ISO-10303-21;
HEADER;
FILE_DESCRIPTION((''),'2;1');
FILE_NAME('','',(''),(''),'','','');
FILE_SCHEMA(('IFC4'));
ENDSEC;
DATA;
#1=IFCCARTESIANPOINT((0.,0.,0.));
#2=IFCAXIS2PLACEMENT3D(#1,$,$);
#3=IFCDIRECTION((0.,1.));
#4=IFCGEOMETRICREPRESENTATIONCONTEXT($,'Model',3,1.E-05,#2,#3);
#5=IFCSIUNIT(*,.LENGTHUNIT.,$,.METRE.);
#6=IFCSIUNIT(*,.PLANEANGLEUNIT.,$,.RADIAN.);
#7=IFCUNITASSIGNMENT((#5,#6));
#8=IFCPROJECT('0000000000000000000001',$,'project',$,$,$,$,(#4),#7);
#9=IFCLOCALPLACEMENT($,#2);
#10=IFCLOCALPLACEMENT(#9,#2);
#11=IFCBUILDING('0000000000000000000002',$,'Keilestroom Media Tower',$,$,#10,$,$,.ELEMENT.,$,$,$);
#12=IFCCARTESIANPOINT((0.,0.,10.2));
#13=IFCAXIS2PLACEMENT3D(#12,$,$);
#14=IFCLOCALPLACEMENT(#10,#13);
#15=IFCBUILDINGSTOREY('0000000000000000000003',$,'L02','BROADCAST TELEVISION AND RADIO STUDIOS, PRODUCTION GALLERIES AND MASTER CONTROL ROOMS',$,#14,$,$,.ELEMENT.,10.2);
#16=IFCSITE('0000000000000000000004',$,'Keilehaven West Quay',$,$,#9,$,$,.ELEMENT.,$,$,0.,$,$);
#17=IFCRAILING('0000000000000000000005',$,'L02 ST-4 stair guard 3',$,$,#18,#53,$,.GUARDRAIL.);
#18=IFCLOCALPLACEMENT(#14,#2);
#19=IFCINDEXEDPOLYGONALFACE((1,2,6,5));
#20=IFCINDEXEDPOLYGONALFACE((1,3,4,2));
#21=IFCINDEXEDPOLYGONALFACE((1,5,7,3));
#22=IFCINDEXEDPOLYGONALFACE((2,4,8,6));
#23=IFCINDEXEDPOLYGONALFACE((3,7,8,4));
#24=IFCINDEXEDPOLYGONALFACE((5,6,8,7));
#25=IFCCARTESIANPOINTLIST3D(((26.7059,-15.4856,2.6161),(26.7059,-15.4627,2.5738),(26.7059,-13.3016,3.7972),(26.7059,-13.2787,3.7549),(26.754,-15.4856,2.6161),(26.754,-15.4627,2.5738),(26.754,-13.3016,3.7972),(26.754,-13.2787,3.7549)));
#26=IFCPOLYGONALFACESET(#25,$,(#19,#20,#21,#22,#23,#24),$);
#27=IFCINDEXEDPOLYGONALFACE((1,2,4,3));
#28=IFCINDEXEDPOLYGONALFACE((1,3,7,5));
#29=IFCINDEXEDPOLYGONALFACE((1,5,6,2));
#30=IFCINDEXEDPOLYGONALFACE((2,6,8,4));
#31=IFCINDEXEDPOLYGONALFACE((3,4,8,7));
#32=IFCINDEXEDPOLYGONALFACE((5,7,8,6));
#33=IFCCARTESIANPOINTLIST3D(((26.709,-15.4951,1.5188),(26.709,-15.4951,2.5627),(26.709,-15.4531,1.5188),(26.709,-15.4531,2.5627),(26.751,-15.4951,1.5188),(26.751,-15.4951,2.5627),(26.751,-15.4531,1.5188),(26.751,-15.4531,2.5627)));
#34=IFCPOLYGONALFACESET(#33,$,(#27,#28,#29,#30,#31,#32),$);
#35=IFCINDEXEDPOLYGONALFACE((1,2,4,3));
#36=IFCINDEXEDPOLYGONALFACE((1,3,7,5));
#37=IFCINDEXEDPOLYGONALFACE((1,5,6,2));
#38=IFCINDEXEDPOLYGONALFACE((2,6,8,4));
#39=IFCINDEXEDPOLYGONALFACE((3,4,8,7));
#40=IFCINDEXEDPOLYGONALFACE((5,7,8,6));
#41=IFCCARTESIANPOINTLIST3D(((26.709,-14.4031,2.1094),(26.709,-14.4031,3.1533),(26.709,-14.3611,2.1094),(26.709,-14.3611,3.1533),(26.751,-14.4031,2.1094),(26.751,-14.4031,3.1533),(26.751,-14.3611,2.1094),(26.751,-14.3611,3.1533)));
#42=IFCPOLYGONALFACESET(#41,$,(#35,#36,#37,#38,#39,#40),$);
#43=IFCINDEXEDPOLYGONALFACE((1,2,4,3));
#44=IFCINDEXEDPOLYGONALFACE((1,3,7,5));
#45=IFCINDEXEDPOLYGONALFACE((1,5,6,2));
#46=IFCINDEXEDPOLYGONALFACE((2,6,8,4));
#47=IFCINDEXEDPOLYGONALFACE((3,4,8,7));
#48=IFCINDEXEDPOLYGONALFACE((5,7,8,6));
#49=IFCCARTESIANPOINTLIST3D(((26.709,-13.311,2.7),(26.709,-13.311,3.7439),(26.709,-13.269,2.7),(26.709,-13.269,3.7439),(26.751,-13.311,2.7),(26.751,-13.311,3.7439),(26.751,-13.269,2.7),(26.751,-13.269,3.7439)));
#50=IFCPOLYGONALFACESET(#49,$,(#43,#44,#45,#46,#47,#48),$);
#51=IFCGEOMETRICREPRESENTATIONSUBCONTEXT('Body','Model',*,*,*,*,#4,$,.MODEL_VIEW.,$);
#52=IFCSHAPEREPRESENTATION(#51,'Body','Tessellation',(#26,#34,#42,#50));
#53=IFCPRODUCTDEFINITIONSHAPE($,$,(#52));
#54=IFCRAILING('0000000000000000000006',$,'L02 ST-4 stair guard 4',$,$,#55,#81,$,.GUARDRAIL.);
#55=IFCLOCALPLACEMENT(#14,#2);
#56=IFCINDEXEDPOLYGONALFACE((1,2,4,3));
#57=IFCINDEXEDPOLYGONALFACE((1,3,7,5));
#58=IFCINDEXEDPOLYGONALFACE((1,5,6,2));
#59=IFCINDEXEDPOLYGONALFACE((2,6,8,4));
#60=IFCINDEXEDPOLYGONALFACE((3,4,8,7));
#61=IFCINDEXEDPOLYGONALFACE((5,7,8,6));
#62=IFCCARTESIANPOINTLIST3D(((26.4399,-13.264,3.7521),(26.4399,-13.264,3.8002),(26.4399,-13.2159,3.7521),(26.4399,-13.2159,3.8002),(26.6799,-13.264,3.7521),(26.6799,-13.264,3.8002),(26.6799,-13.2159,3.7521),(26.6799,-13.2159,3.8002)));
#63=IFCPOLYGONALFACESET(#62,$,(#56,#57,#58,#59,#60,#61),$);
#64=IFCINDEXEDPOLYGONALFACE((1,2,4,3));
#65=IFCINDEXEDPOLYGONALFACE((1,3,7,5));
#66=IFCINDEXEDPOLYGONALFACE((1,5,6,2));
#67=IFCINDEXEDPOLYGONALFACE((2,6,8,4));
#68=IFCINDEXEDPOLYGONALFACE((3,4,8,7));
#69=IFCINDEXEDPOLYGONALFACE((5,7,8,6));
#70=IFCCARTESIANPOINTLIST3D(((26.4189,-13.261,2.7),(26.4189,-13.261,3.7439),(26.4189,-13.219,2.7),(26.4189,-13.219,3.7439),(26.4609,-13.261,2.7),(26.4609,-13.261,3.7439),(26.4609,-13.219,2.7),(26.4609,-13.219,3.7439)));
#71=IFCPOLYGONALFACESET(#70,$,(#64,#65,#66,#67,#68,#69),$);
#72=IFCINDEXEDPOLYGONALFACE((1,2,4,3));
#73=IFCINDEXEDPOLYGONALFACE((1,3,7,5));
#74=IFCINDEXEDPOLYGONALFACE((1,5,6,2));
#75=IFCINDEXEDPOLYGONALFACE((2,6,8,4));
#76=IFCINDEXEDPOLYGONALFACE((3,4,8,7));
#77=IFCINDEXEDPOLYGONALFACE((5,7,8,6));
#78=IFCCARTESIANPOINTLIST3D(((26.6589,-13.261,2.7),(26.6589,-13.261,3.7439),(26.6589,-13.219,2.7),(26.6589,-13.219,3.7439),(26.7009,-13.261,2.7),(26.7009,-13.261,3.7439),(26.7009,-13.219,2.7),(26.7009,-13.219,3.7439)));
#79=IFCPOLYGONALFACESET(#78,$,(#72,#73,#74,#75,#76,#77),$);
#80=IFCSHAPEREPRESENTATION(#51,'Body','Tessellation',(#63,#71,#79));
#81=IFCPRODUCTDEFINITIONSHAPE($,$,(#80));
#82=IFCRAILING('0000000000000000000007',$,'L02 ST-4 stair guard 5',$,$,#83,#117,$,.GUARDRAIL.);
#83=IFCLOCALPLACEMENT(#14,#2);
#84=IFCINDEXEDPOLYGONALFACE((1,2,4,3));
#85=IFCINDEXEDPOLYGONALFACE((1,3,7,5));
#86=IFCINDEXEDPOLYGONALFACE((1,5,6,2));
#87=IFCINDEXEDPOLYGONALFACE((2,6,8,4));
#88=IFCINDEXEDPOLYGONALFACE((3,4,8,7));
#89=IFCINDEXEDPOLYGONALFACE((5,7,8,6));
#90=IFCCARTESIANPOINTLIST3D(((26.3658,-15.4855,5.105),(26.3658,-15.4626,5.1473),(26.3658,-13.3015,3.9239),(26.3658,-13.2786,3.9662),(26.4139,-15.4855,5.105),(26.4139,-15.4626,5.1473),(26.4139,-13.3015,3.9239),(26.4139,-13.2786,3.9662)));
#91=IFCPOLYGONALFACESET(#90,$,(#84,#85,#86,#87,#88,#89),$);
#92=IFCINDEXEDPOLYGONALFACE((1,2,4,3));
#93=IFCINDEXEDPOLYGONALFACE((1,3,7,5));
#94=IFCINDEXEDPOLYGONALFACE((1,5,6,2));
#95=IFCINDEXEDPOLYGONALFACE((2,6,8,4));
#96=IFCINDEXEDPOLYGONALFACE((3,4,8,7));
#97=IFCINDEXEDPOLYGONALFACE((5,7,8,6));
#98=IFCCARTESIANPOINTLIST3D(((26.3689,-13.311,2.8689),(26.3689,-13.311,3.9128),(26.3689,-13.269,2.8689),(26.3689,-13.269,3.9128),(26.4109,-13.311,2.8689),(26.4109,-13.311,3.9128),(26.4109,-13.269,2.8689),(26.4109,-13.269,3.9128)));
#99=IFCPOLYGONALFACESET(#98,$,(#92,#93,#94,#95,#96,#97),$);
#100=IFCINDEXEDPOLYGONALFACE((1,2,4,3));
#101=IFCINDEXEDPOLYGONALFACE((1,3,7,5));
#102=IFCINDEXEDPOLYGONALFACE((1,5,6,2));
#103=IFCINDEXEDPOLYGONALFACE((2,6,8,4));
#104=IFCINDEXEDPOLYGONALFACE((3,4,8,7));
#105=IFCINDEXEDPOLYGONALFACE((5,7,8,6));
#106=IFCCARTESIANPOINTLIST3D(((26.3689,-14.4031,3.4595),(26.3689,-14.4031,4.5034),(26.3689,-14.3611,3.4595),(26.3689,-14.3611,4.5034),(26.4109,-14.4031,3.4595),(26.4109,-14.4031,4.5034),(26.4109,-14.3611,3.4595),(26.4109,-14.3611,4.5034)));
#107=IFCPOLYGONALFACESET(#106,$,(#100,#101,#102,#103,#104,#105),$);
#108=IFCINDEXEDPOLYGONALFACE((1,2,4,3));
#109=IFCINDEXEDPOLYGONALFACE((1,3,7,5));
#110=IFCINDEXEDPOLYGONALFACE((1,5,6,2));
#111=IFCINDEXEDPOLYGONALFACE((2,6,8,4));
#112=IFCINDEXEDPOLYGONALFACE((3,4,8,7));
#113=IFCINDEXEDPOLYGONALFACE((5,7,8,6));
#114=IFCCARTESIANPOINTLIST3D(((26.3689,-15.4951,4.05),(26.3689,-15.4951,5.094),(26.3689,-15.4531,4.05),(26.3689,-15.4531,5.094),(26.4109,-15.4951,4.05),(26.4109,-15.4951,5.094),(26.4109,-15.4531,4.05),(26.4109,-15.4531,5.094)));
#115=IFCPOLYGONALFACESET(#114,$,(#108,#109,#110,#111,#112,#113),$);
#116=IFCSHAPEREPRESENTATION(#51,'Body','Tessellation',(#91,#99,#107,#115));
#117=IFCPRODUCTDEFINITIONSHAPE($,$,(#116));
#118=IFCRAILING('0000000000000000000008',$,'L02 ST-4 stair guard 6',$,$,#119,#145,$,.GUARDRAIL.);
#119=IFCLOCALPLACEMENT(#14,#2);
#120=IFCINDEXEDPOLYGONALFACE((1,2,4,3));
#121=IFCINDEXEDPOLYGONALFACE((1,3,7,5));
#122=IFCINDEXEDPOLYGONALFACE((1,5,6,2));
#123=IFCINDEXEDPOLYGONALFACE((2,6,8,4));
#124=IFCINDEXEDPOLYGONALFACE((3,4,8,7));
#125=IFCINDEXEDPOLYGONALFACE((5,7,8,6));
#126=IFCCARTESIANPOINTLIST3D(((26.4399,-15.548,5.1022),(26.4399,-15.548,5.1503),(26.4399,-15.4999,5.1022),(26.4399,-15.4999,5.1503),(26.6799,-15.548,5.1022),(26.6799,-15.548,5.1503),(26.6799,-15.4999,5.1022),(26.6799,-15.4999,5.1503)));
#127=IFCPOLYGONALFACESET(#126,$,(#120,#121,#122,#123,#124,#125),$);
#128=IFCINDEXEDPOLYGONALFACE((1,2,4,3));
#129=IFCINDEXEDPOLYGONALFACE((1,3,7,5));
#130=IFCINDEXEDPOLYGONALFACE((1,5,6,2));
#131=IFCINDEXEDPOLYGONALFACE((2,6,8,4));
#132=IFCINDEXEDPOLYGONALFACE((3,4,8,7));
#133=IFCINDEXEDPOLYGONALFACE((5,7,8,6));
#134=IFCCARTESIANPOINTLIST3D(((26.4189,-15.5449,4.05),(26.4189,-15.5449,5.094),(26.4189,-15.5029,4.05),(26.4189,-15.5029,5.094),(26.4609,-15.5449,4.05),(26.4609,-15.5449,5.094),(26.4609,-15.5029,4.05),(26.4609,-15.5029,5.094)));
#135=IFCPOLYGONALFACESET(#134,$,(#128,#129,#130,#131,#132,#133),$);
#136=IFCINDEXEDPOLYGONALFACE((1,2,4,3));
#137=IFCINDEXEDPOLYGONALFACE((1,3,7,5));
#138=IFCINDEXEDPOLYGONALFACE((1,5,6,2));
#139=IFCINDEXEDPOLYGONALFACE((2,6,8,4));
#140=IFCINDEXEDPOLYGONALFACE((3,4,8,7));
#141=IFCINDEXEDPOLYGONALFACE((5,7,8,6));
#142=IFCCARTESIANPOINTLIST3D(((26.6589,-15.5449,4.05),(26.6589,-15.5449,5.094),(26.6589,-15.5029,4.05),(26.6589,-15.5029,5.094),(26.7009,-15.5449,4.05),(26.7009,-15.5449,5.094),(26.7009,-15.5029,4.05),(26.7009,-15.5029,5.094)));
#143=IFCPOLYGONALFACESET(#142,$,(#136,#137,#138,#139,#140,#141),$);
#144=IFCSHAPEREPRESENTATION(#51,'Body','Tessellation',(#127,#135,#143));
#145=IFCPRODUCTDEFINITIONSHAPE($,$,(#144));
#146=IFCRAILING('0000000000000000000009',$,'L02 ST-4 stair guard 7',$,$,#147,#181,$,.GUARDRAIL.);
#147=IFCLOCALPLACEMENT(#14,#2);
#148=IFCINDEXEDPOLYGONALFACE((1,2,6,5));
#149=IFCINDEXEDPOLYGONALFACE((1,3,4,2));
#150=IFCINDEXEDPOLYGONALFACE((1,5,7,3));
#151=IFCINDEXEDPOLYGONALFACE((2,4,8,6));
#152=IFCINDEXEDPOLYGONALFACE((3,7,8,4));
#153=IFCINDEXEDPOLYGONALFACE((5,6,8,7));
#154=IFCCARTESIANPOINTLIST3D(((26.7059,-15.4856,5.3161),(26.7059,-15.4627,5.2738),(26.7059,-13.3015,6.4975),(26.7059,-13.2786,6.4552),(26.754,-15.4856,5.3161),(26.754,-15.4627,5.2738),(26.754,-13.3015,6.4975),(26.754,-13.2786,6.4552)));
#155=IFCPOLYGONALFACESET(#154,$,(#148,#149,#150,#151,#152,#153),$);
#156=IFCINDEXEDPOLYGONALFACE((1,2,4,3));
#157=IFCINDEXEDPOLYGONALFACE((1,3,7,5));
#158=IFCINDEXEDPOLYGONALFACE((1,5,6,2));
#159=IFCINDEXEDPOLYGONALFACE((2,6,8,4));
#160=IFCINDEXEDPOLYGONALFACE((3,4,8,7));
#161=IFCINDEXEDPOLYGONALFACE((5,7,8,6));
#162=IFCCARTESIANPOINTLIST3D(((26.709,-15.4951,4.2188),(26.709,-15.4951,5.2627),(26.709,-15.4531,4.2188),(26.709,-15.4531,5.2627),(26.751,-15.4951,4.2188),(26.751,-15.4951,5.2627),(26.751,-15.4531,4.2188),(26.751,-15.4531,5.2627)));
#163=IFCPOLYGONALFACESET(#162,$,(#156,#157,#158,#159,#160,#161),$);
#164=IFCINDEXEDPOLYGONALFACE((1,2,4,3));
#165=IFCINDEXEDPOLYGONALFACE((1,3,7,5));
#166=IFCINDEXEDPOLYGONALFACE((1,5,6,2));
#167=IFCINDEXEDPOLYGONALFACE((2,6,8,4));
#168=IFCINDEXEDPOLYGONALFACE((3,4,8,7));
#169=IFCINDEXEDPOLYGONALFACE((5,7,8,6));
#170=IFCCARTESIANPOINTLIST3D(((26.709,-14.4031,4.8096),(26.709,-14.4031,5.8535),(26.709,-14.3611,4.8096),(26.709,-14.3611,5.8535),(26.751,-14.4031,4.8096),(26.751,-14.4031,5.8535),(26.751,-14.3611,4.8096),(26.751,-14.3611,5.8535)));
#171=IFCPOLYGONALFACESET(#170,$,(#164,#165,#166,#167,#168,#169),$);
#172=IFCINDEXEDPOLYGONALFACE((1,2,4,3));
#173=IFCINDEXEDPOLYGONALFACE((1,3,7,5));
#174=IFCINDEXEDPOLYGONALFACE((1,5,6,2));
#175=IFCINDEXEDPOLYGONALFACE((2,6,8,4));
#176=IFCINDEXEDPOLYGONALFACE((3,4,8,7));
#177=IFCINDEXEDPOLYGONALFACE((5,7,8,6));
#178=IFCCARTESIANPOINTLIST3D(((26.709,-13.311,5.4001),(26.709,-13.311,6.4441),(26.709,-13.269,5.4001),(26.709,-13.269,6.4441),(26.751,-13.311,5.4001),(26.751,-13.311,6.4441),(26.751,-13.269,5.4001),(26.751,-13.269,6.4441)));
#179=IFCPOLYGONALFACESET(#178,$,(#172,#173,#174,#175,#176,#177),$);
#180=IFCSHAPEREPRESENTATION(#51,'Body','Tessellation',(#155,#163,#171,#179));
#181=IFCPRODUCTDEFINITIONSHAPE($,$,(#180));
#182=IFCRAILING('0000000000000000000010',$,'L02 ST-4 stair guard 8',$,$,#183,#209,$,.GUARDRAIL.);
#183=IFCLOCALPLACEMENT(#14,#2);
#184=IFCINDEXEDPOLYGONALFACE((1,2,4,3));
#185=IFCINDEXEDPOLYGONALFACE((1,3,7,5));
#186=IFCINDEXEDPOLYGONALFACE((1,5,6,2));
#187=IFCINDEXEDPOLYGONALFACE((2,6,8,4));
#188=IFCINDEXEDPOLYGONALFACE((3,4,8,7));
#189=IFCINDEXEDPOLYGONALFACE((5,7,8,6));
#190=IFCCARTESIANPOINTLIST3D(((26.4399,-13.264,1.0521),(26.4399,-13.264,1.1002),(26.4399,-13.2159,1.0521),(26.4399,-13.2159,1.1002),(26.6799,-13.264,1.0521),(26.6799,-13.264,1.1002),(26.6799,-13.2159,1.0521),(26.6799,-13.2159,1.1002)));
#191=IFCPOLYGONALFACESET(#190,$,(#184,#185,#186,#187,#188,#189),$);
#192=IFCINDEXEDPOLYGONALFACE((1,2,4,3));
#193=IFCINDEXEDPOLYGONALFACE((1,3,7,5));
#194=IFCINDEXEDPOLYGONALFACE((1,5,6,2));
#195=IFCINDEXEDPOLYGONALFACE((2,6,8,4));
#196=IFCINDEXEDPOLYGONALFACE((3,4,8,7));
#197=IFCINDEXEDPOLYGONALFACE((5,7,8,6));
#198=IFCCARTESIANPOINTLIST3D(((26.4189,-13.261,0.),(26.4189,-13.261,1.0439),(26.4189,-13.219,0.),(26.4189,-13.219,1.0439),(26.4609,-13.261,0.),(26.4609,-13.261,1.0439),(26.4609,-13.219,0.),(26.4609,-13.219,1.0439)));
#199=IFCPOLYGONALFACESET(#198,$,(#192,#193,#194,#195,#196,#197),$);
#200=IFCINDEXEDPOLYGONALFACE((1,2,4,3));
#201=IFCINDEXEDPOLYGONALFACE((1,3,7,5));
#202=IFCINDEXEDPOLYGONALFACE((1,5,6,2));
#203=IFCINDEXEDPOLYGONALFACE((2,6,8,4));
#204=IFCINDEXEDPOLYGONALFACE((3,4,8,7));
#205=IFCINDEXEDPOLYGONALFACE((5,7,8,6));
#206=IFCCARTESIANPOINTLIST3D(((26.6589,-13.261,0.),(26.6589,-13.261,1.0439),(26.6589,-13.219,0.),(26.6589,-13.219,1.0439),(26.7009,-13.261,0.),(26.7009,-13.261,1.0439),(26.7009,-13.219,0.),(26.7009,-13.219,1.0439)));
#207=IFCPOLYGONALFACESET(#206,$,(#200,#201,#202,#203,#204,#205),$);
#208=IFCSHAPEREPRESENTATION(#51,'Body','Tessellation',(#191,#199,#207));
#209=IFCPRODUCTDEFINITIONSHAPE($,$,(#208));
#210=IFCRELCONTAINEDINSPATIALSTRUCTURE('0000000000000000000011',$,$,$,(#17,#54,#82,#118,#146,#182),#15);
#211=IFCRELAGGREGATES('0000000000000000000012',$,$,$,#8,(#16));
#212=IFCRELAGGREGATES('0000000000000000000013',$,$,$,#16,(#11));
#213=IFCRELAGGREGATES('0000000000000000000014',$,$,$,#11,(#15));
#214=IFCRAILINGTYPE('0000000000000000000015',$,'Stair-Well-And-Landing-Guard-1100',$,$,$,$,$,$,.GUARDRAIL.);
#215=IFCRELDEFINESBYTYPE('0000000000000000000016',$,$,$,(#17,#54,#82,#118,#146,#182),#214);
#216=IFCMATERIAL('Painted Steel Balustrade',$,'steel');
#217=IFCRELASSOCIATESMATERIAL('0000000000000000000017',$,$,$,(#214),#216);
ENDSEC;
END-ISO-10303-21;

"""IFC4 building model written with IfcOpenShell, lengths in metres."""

from ifc_helpers import new_model, si_unit, direction, frame, origin, origin_2d, place, context, subcontext, project, spatial, rectangle, extrude, material, type_object, element, save


model = new_model("IFC4")

# Units and contexts
model_context = context("Model", 3, precision=1e-05, world=origin(), true_north=direction((0.0, 1.0)))
body_context = subcontext(model_context, "Body", "Model", "MODEL_VIEW")
ifc_project = project(units=[si_unit("LENGTHUNIT", "METRE"), si_unit("PLANEANGLEUNIT", "RADIAN")], contexts=[model_context])

# Site, building, storey
site_placement = place(None, origin())
site = spatial("IfcSite", under=ifc_project, at=site_placement, Name="Keilehaven West Quay", CompositionType="ELEMENT", RefElevation=0.0)
building_placement = place(site_placement, origin())
building = spatial("IfcBuilding", under=site, at=building_placement, Name="Keilestroom Media Tower", CompositionType="ELEMENT")
storey_placement = place(building_placement, frame((0.0, 0.0, 10.2)))
storey = spatial("IfcBuildingStorey", under=building, at=storey_placement, Name="L02", Description="BROADCAST TELEVISION AND RADIO STUDIOS, PRODUCTION GALLERIES AND MASTER CONTROL ROOMS", CompositionType="ELEMENT", Elevation=10.2)

# Railings
ifc_material_1 = material(Name="Painted Steel Balustrade", Category="steel")
railing_type_1 = type_object("IfcRailingType", Name="Stair-Well-And-Landing-Guard-1100", PredefinedType="GUARDRAIL", material=ifc_material_1)
railing_1_placement = place(storey_placement, frame((26.73, -15.4741, 1.5188)))
element("IfcRailing", 1, at=railing_1_placement, inside=storey, type_object=railing_type_1, Name="L02 ST-4 stair guard 3", PredefinedType="GUARDRAIL", context=body_context, shape_type="SweptSolid", body=[
    extrude(rectangle(XDim=0.0481, YDim=0.0481, at=origin_2d()), frame((0.0, 0.0, 1.0762), z_axis=(0.0, 0.879611, 0.475694), x_axis=(-1.0, 0.0, 0.0)), (0.0, 0.0, 1.0), 2.4829),
    extrude(rectangle(XDim=0.042, YDim=0.042, at=origin_2d()), origin(), (0.0, 0.0, 1.0), 1.0439),
    extrude(rectangle(XDim=0.042, YDim=0.042, at=origin_2d()), frame((0.0, 1.092, 0.5906)), (0.0, 0.0, 1.0), 1.0439),
    extrude(rectangle(XDim=0.042, YDim=0.042, at=origin_2d()), frame((0.0, 2.1841, 1.1812)), (0.0, 0.0, 1.0), 1.0439),
])
railing_2_placement = place(storey_placement, frame((26.4399, -13.24, 2.7)))
element("IfcRailing", 2, at=railing_2_placement, inside=storey, type_object=railing_type_1, Name="L02 ST-4 stair guard 4", PredefinedType="GUARDRAIL", context=body_context, shape_type="SweptSolid", body=[
    extrude(rectangle(XDim=0.0481, YDim=0.0481, at=origin_2d()), frame((0.0, 0.0, 1.0762), z_axis=(1.0, 0.0, 0.0), x_axis=(0.0, 1.0, 0.0)), (0.0, 0.0, 1.0), 0.24),
    extrude(rectangle(XDim=0.042, YDim=0.042, at=origin_2d()), origin(), (0.0, 0.0, 1.0), 1.0439),
    extrude(rectangle(XDim=0.042, YDim=0.042, at=origin_2d()), frame((0.24, 0.0, 0.0)), (0.0, 0.0, 1.0), 1.0439),
])
railing_3_placement = place(storey_placement, frame((26.3899, -13.29, 2.8689)))
element("IfcRailing", 3, at=railing_3_placement, inside=storey, type_object=railing_type_1, Name="L02 ST-4 stair guard 5", PredefinedType="GUARDRAIL", context=body_context, shape_type="SweptSolid", body=[
    extrude(rectangle(XDim=0.0481, YDim=0.0481, at=origin_2d()), frame((0.0, 0.0, 1.0762), z_axis=(0.0, -0.879611, 0.475694), x_axis=(1.0, 0.0, 0.0)), (0.0, 0.0, 1.0), 2.4829),
    extrude(rectangle(XDim=0.042, YDim=0.042, at=origin_2d()), origin(), (0.0, 0.0, 1.0), 1.0439),
    extrude(rectangle(XDim=0.042, YDim=0.042, at=origin_2d()), frame((0.0, -1.092, 0.5906)), (0.0, 0.0, 1.0), 1.0439),
    extrude(rectangle(XDim=0.042, YDim=0.042, at=origin_2d()), frame((0.0, -2.1841, 1.1812)), (0.0, 0.0, 1.0), 1.0439),
])
railing_4_placement = place(storey_placement, frame((26.4399, -15.5239, 4.05)))
element("IfcRailing", 4, at=railing_4_placement, inside=storey, type_object=railing_type_1, Name="L02 ST-4 stair guard 6", PredefinedType="GUARDRAIL", context=body_context, shape_type="SweptSolid", body=[
    extrude(rectangle(XDim=0.0481, YDim=0.0481, at=origin_2d()), frame((0.0, 0.0, 1.0762), z_axis=(1.0, 0.0, 0.0), x_axis=(0.0, 1.0, 0.0)), (0.0, 0.0, 1.0), 0.24),
    extrude(rectangle(XDim=0.042, YDim=0.042, at=origin_2d()), origin(), (0.0, 0.0, 1.0), 1.0439),
    extrude(rectangle(XDim=0.042, YDim=0.042, at=origin_2d()), frame((0.24, 0.0, 0.0)), (0.0, 0.0, 1.0), 1.0439),
])
railing_5_placement = place(storey_placement, frame((26.73, -15.4741, 4.2188)))
element("IfcRailing", 5, at=railing_5_placement, inside=storey, type_object=railing_type_1, Name="L02 ST-4 stair guard 7", PredefinedType="GUARDRAIL", context=body_context, shape_type="SweptSolid", body=[
    extrude(rectangle(XDim=0.0481, YDim=0.0481, at=origin_2d()), frame((0.0, 0.0, 1.0762), z_axis=(0.0, 0.87957, 0.47577), x_axis=(-1.0, 0.0, 0.0)), (0.0, 0.0, 1.0), 2.4832),
    extrude(rectangle(XDim=0.042, YDim=0.042, at=origin_2d()), origin(), (0.0, 0.0, 1.0), 1.0439),
    extrude(rectangle(XDim=0.042, YDim=0.042, at=origin_2d()), frame((0.0, 1.092, 0.5908)), (0.0, 0.0, 1.0), 1.0439),
    extrude(rectangle(XDim=0.042, YDim=0.042, at=origin_2d()), frame((0.0, 2.1841, 1.1814)), (0.0, 0.0, 1.0), 1.0439),
])
railing_6_placement = place(storey_placement, frame((26.4399, -13.24, 0.0)))
element("IfcRailing", 6, at=railing_6_placement, inside=storey, type_object=railing_type_1, Name="L02 ST-4 stair guard 8", PredefinedType="GUARDRAIL", context=body_context, shape_type="SweptSolid", body=[
    extrude(rectangle(XDim=0.0481, YDim=0.0481, at=origin_2d()), frame((0.0, 0.0, 1.0762), z_axis=(1.0, 0.0, 0.0), x_axis=(0.0, 1.0, 0.0)), (0.0, 0.0, 1.0), 0.24),
    extrude(rectangle(XDim=0.042, YDim=0.042, at=origin_2d()), origin(), (0.0, 0.0, 1.0), 1.0439),
    extrude(rectangle(XDim=0.042, YDim=0.042, at=origin_2d()), frame((0.24, 0.0, 0.0)), (0.0, 0.0, 1.0), 1.0439),
])

save(model, "model.ifc")
